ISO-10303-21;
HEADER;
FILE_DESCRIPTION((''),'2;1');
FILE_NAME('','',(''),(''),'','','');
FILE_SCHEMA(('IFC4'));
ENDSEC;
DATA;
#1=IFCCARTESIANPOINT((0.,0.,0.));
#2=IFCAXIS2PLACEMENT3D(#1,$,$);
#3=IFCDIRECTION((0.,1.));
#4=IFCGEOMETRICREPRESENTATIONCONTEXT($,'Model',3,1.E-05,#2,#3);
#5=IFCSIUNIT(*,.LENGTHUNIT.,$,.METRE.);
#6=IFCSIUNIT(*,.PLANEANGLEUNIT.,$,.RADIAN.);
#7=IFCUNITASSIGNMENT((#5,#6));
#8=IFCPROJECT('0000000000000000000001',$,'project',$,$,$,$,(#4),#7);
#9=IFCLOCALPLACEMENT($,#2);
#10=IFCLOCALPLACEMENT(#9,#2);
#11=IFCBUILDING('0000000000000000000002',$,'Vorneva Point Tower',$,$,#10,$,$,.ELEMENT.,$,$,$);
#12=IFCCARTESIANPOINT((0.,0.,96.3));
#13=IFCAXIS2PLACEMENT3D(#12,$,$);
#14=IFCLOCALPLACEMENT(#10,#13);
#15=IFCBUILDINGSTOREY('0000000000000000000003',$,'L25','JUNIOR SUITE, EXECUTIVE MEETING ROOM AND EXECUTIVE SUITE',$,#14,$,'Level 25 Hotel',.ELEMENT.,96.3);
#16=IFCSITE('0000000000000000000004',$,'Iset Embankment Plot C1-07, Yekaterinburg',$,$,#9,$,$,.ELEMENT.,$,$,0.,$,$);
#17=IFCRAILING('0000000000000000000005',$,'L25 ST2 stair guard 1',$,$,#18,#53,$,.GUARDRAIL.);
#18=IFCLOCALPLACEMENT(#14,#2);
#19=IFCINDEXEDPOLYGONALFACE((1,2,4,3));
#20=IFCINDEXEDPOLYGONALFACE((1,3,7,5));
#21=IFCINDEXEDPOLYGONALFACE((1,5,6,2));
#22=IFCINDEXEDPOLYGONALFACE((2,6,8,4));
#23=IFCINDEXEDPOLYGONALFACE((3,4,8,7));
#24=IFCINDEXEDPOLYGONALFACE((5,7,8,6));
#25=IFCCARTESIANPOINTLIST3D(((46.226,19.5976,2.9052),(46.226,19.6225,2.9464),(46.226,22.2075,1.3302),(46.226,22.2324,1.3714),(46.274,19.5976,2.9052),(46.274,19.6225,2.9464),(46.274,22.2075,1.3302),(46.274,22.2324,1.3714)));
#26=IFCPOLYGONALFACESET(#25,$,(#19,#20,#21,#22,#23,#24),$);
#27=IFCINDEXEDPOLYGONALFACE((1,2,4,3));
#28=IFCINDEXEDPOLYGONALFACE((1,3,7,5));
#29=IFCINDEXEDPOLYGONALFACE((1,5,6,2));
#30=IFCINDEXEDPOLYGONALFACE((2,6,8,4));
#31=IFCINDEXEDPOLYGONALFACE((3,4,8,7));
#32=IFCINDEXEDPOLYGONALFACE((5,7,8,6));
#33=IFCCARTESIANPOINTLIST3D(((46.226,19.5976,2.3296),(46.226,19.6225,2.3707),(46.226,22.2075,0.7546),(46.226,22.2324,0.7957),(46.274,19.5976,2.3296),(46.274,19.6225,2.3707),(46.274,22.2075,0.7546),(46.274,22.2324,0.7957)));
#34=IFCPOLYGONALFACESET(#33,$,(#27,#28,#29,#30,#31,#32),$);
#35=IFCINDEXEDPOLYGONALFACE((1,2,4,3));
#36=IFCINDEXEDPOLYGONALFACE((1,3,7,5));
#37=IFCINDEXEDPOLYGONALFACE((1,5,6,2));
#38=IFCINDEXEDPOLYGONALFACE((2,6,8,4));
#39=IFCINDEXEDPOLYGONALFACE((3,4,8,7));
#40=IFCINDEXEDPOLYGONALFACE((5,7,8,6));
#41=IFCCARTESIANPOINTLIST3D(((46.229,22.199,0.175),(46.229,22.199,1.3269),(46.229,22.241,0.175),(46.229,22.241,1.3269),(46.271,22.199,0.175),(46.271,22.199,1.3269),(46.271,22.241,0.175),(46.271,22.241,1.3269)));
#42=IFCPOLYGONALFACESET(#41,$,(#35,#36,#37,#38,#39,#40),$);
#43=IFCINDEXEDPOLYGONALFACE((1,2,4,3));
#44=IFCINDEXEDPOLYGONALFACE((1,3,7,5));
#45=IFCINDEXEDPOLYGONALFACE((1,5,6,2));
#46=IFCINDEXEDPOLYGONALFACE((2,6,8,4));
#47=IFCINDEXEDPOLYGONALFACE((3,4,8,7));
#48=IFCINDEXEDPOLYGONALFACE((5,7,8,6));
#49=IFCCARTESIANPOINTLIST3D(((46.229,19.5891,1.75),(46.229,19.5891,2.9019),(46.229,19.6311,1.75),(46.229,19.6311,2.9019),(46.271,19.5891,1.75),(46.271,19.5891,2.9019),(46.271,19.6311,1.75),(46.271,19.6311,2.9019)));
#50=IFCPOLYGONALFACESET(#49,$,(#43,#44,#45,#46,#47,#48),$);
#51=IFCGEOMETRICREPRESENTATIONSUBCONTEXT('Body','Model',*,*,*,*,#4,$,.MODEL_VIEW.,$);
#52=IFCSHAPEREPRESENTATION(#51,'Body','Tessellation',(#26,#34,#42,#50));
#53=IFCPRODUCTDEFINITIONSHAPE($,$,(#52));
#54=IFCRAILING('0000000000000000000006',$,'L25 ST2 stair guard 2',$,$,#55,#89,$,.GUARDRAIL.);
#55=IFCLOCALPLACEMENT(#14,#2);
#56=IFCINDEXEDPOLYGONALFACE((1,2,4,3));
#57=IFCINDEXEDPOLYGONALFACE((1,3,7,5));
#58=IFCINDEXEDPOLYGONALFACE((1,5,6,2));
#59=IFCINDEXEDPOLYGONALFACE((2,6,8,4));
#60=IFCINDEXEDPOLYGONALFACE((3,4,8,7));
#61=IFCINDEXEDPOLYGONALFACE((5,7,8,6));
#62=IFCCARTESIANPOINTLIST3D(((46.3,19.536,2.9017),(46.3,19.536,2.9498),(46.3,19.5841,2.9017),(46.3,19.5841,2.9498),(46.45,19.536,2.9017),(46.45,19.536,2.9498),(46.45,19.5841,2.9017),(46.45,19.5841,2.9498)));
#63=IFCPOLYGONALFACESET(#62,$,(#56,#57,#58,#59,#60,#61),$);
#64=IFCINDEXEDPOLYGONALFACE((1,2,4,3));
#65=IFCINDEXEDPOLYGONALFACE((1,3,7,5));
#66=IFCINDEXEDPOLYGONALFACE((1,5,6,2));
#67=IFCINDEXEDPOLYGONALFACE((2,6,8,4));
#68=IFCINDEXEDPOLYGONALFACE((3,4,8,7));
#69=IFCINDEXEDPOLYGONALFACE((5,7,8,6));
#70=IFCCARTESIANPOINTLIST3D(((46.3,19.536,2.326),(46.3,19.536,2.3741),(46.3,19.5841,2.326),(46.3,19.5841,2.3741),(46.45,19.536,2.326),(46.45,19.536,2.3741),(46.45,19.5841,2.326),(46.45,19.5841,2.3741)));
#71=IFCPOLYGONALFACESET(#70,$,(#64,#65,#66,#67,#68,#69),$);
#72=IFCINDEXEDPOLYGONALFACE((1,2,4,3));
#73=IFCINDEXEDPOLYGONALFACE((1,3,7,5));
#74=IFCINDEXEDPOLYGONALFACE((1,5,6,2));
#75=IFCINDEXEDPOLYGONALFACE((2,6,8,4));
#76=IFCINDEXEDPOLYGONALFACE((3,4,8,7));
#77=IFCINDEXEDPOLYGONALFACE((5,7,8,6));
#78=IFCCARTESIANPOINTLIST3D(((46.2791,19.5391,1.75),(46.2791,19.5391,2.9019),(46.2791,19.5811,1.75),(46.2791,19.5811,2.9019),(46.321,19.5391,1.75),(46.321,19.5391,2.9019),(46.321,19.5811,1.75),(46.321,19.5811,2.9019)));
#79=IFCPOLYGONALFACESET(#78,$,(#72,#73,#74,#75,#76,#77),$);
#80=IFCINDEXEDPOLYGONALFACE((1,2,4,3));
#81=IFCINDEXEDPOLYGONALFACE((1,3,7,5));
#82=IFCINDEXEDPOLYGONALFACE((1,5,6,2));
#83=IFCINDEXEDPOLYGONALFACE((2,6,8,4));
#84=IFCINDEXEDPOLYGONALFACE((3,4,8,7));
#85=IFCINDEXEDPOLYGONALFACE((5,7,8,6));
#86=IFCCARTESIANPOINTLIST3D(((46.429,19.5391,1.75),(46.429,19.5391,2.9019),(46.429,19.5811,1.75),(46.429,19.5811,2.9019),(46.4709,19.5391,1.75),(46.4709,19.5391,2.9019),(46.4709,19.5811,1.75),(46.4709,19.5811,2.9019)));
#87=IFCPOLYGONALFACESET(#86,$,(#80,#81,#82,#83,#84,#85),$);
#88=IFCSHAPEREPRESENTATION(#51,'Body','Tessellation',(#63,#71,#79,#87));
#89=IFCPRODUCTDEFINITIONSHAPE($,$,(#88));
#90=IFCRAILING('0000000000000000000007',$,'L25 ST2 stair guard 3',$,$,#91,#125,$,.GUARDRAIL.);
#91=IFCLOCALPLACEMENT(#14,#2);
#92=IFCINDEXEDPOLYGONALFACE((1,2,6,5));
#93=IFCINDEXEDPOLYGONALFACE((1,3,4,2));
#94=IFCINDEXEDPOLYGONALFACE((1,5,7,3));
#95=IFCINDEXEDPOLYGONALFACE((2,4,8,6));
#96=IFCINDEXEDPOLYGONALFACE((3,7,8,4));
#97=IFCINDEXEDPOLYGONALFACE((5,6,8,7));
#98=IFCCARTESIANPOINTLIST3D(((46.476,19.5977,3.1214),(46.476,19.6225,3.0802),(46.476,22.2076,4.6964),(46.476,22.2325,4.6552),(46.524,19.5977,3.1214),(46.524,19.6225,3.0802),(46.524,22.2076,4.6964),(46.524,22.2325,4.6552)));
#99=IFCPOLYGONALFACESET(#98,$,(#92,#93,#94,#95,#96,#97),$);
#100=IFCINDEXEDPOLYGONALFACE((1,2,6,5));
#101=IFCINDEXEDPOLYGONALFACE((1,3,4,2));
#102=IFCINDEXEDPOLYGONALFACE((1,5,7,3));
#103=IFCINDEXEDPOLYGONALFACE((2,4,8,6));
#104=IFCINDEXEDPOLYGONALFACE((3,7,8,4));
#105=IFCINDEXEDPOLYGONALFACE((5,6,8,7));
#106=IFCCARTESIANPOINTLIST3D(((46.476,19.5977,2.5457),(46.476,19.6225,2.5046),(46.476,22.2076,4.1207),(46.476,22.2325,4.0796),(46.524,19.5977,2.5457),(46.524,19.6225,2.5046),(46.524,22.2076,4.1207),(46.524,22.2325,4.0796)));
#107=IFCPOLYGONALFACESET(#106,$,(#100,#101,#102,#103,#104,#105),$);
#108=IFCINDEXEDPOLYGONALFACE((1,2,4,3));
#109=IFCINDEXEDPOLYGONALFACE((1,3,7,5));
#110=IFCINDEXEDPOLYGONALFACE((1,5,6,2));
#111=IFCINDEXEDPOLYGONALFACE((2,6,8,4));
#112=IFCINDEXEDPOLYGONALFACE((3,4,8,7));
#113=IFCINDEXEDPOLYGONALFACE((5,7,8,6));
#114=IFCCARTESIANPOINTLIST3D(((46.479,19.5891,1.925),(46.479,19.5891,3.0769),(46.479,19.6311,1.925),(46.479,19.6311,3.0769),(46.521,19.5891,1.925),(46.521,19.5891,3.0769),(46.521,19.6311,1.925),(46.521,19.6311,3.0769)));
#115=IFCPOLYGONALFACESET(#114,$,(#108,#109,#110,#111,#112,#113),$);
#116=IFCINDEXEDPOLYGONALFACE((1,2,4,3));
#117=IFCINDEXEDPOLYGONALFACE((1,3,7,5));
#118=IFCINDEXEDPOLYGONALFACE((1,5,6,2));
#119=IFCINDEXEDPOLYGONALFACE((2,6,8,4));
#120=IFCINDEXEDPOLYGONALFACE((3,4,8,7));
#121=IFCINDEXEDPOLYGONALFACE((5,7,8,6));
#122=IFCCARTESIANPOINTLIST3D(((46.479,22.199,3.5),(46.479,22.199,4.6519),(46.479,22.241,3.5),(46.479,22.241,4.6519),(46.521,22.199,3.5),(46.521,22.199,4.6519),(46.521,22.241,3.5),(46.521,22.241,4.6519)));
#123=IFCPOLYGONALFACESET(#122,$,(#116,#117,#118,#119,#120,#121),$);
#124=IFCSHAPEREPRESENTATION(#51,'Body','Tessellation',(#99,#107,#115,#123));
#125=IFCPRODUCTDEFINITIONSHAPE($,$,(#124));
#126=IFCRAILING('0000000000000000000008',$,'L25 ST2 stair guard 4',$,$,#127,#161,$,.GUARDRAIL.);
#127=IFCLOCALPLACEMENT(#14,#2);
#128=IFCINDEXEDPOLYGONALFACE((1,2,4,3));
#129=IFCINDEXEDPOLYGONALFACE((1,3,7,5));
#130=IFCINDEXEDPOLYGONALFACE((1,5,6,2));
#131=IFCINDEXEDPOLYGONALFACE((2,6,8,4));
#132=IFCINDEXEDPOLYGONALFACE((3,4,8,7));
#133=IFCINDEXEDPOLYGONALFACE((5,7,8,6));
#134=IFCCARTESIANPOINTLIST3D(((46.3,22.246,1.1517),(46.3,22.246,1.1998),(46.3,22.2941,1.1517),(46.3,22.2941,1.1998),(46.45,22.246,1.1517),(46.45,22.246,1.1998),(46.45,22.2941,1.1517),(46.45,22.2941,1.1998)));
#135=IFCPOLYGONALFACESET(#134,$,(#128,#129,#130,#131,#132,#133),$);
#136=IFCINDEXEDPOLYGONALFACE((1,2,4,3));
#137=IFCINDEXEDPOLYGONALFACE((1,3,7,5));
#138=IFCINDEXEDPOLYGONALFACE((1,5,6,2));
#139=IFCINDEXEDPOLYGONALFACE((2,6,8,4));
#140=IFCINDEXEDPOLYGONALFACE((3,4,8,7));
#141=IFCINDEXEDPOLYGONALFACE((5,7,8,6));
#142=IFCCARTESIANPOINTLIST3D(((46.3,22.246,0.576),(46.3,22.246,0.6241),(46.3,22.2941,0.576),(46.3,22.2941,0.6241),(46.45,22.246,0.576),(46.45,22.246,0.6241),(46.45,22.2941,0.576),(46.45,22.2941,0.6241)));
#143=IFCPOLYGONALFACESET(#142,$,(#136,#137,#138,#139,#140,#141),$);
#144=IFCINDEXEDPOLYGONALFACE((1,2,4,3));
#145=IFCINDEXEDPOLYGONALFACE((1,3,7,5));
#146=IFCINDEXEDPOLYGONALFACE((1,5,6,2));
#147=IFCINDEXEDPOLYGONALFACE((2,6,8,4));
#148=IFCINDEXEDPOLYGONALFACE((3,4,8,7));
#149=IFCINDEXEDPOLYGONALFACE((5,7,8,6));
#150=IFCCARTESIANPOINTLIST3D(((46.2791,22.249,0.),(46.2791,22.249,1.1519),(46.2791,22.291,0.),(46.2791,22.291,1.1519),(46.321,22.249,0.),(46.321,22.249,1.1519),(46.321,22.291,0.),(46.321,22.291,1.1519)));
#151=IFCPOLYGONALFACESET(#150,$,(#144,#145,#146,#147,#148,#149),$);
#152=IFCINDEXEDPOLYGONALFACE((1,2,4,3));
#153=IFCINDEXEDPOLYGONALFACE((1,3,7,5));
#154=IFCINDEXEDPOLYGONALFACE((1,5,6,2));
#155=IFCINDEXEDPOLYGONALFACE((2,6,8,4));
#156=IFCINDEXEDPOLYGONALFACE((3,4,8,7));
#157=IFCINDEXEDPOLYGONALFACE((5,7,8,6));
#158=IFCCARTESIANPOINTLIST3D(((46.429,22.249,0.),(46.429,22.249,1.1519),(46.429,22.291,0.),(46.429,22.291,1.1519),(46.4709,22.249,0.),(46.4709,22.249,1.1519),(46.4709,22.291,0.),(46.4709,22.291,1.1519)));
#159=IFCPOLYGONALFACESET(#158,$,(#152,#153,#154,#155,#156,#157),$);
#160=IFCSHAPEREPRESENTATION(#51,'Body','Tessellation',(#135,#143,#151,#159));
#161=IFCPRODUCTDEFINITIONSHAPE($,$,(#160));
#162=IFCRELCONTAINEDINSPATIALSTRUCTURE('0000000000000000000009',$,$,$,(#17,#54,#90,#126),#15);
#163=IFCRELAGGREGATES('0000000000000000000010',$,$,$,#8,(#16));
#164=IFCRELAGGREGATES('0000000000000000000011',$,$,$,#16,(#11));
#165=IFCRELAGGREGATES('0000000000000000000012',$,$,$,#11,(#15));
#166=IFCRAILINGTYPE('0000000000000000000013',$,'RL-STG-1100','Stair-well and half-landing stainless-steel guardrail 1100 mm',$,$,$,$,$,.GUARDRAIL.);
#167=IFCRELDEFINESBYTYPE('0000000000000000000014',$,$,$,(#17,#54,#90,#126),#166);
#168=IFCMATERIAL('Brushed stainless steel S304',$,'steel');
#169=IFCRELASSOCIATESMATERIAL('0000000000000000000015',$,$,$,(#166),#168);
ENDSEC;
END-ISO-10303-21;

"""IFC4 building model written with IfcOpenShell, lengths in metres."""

from ifc_helpers import new_model, si_unit, direction, frame, origin, origin_2d, place, context, subcontext, project, spatial, rectangle, extrude, material, type_object, element, save


model = new_model("IFC4")

# Units and contexts
model_context = context("Model", 3, precision=1e-05, world=origin(), true_north=direction((0.0, 1.0)))
body_context = subcontext(model_context, "Body", "Model", "MODEL_VIEW")
ifc_project = project(units=[si_unit("LENGTHUNIT", "METRE"), si_unit("PLANEANGLEUNIT", "RADIAN")], contexts=[model_context])

# Site, building, storey
site_placement = place(None, origin())
site = spatial("IfcSite", under=ifc_project, at=site_placement, Name="Iset Embankment Plot C1-07, Yekaterinburg", CompositionType="ELEMENT", RefElevation=0.0)
building_placement = place(site_placement, origin())
building = spatial("IfcBuilding", under=site, at=building_placement, Name="Vorneva Point Tower", CompositionType="ELEMENT")
storey_placement = place(building_placement, frame((0.0, 0.0, 96.3)))
storey = spatial("IfcBuildingStorey", under=building, at=storey_placement, Name="L25", Description="JUNIOR SUITE, EXECUTIVE MEETING ROOM AND EXECUTIVE SUITE", LongName="Level 25 Hotel", CompositionType="ELEMENT", Elevation=96.3)

# Railings
ifc_material_1 = material(Name="Brushed stainless steel S304", Category="steel")
railing_type_1 = type_object("IfcRailingType", Name="RL-STG-1100", Description="Stair-well and half-landing stainless-steel guardrail 1100 mm", PredefinedType="GUARDRAIL", material=ifc_material_1)
railing_1_placement = place(storey_placement, frame((46.25, 22.22, 0.175)))
element("IfcRailing", 1, at=railing_1_placement, inside=storey, type_object=railing_type_1, Name="L25 ST2 stair guard 1", PredefinedType="GUARDRAIL", context=body_context, shape_type="SweptSolid", body=[
    extrude(rectangle(XDim=0.0481, YDim=0.0481, at=origin_2d()), frame((0.0, 0.0, 1.1758), z_axis=(0.0, -0.856183, 0.516673), x_axis=(1.0, 0.0, 0.0)), (0.0, 0.0, 1.0), 3.0483),
    extrude(rectangle(XDim=0.0481, YDim=0.0481, at=origin_2d()), frame((0.0, 0.0, 0.6001), z_axis=(0.0, -0.856183, 0.516673), x_axis=(1.0, 0.0, 0.0)), (0.0, 0.0, 1.0), 3.0483),
    extrude(rectangle(XDim=0.042, YDim=0.042, at=origin_2d()), origin(), (0.0, 0.0, 1.0), 1.1519),
    extrude(rectangle(XDim=0.042, YDim=0.042, at=origin_2d()), frame((0.0, -2.6099, 1.575)), (0.0, 0.0, 1.0), 1.1519),
])
railing_2_placement = place(storey_placement, frame((46.3, 19.5601, 1.75)))
element("IfcRailing", 2, at=railing_2_placement, inside=storey, type_object=railing_type_1, Name="L25 ST2 stair guard 2", PredefinedType="GUARDRAIL", context=body_context, shape_type="SweptSolid", body=[
    extrude(rectangle(XDim=0.0481, YDim=0.0481, at=origin_2d()), frame((0.0, 0.0, 1.1758), z_axis=(1.0, 0.0, 0.0), x_axis=(0.0, 1.0, 0.0)), (0.0, 0.0, 1.0), 0.1499),
    extrude(rectangle(XDim=0.0481, YDim=0.0481, at=origin_2d()), frame((0.0, 0.0, 0.6001), z_axis=(1.0, 0.0, 0.0), x_axis=(0.0, 1.0, 0.0)), (0.0, 0.0, 1.0), 0.1499),
    extrude(rectangle(XDim=0.042, YDim=0.042, at=origin_2d()), origin(), (0.0, 0.0, 1.0), 1.1519),
    extrude(rectangle(XDim=0.042, YDim=0.042, at=origin_2d()), frame((0.1499, 0.0, 0.0)), (0.0, 0.0, 1.0), 1.1519),
])
railing_3_placement = place(storey_placement, frame((46.5, 19.6101, 1.925)))
element("IfcRailing", 3, at=railing_3_placement, inside=storey, type_object=railing_type_1, Name="L25 ST2 stair guard 3", PredefinedType="GUARDRAIL", context=body_context, shape_type="SweptSolid", body=[
    extrude(rectangle(XDim=0.0481, YDim=0.0481, at=origin_2d()), frame((0.0, 0.0, 1.1758), z_axis=(0.0, 0.856183, 0.516673), x_axis=(-1.0, 0.0, 0.0)), (0.0, 0.0, 1.0), 3.0483),
    extrude(rectangle(XDim=0.0481, YDim=0.0481, at=origin_2d()), frame((0.0, 0.0, 0.6001), z_axis=(0.0, 0.856183, 0.516673), x_axis=(-1.0, 0.0, 0.0)), (0.0, 0.0, 1.0), 3.0483),
    extrude(rectangle(XDim=0.042, YDim=0.042, at=origin_2d()), origin(), (0.0, 0.0, 1.0), 1.1519),
    extrude(rectangle(XDim=0.042, YDim=0.042, at=origin_2d()), frame((0.0, 2.6099, 1.575)), (0.0, 0.0, 1.0), 1.1519),
])
railing_4_placement = place(storey_placement, frame((46.3, 22.27, 0.0)))
element("IfcRailing", 4, at=railing_4_placement, inside=storey, type_object=railing_type_1, Name="L25 ST2 stair guard 4", PredefinedType="GUARDRAIL", context=body_context, shape_type="SweptSolid", body=[
    extrude(rectangle(XDim=0.0481, YDim=0.0481, at=origin_2d()), frame((0.0, 0.0, 1.1758), z_axis=(1.0, 0.0, 0.0), x_axis=(0.0, 1.0, 0.0)), (0.0, 0.0, 1.0), 0.1499),
    extrude(rectangle(XDim=0.0481, YDim=0.0481, at=origin_2d()), frame((0.0, 0.0, 0.6001), z_axis=(1.0, 0.0, 0.0), x_axis=(0.0, 1.0, 0.0)), (0.0, 0.0, 1.0), 0.1499),
    extrude(rectangle(XDim=0.042, YDim=0.042, at=origin_2d()), origin(), (0.0, 0.0, 1.0), 1.1519),
    extrude(rectangle(XDim=0.042, YDim=0.042, at=origin_2d()), frame((0.1499, 0.0, 0.0)), (0.0, 0.0, 1.0), 1.1519),
])

save(model, "model.ifc")
